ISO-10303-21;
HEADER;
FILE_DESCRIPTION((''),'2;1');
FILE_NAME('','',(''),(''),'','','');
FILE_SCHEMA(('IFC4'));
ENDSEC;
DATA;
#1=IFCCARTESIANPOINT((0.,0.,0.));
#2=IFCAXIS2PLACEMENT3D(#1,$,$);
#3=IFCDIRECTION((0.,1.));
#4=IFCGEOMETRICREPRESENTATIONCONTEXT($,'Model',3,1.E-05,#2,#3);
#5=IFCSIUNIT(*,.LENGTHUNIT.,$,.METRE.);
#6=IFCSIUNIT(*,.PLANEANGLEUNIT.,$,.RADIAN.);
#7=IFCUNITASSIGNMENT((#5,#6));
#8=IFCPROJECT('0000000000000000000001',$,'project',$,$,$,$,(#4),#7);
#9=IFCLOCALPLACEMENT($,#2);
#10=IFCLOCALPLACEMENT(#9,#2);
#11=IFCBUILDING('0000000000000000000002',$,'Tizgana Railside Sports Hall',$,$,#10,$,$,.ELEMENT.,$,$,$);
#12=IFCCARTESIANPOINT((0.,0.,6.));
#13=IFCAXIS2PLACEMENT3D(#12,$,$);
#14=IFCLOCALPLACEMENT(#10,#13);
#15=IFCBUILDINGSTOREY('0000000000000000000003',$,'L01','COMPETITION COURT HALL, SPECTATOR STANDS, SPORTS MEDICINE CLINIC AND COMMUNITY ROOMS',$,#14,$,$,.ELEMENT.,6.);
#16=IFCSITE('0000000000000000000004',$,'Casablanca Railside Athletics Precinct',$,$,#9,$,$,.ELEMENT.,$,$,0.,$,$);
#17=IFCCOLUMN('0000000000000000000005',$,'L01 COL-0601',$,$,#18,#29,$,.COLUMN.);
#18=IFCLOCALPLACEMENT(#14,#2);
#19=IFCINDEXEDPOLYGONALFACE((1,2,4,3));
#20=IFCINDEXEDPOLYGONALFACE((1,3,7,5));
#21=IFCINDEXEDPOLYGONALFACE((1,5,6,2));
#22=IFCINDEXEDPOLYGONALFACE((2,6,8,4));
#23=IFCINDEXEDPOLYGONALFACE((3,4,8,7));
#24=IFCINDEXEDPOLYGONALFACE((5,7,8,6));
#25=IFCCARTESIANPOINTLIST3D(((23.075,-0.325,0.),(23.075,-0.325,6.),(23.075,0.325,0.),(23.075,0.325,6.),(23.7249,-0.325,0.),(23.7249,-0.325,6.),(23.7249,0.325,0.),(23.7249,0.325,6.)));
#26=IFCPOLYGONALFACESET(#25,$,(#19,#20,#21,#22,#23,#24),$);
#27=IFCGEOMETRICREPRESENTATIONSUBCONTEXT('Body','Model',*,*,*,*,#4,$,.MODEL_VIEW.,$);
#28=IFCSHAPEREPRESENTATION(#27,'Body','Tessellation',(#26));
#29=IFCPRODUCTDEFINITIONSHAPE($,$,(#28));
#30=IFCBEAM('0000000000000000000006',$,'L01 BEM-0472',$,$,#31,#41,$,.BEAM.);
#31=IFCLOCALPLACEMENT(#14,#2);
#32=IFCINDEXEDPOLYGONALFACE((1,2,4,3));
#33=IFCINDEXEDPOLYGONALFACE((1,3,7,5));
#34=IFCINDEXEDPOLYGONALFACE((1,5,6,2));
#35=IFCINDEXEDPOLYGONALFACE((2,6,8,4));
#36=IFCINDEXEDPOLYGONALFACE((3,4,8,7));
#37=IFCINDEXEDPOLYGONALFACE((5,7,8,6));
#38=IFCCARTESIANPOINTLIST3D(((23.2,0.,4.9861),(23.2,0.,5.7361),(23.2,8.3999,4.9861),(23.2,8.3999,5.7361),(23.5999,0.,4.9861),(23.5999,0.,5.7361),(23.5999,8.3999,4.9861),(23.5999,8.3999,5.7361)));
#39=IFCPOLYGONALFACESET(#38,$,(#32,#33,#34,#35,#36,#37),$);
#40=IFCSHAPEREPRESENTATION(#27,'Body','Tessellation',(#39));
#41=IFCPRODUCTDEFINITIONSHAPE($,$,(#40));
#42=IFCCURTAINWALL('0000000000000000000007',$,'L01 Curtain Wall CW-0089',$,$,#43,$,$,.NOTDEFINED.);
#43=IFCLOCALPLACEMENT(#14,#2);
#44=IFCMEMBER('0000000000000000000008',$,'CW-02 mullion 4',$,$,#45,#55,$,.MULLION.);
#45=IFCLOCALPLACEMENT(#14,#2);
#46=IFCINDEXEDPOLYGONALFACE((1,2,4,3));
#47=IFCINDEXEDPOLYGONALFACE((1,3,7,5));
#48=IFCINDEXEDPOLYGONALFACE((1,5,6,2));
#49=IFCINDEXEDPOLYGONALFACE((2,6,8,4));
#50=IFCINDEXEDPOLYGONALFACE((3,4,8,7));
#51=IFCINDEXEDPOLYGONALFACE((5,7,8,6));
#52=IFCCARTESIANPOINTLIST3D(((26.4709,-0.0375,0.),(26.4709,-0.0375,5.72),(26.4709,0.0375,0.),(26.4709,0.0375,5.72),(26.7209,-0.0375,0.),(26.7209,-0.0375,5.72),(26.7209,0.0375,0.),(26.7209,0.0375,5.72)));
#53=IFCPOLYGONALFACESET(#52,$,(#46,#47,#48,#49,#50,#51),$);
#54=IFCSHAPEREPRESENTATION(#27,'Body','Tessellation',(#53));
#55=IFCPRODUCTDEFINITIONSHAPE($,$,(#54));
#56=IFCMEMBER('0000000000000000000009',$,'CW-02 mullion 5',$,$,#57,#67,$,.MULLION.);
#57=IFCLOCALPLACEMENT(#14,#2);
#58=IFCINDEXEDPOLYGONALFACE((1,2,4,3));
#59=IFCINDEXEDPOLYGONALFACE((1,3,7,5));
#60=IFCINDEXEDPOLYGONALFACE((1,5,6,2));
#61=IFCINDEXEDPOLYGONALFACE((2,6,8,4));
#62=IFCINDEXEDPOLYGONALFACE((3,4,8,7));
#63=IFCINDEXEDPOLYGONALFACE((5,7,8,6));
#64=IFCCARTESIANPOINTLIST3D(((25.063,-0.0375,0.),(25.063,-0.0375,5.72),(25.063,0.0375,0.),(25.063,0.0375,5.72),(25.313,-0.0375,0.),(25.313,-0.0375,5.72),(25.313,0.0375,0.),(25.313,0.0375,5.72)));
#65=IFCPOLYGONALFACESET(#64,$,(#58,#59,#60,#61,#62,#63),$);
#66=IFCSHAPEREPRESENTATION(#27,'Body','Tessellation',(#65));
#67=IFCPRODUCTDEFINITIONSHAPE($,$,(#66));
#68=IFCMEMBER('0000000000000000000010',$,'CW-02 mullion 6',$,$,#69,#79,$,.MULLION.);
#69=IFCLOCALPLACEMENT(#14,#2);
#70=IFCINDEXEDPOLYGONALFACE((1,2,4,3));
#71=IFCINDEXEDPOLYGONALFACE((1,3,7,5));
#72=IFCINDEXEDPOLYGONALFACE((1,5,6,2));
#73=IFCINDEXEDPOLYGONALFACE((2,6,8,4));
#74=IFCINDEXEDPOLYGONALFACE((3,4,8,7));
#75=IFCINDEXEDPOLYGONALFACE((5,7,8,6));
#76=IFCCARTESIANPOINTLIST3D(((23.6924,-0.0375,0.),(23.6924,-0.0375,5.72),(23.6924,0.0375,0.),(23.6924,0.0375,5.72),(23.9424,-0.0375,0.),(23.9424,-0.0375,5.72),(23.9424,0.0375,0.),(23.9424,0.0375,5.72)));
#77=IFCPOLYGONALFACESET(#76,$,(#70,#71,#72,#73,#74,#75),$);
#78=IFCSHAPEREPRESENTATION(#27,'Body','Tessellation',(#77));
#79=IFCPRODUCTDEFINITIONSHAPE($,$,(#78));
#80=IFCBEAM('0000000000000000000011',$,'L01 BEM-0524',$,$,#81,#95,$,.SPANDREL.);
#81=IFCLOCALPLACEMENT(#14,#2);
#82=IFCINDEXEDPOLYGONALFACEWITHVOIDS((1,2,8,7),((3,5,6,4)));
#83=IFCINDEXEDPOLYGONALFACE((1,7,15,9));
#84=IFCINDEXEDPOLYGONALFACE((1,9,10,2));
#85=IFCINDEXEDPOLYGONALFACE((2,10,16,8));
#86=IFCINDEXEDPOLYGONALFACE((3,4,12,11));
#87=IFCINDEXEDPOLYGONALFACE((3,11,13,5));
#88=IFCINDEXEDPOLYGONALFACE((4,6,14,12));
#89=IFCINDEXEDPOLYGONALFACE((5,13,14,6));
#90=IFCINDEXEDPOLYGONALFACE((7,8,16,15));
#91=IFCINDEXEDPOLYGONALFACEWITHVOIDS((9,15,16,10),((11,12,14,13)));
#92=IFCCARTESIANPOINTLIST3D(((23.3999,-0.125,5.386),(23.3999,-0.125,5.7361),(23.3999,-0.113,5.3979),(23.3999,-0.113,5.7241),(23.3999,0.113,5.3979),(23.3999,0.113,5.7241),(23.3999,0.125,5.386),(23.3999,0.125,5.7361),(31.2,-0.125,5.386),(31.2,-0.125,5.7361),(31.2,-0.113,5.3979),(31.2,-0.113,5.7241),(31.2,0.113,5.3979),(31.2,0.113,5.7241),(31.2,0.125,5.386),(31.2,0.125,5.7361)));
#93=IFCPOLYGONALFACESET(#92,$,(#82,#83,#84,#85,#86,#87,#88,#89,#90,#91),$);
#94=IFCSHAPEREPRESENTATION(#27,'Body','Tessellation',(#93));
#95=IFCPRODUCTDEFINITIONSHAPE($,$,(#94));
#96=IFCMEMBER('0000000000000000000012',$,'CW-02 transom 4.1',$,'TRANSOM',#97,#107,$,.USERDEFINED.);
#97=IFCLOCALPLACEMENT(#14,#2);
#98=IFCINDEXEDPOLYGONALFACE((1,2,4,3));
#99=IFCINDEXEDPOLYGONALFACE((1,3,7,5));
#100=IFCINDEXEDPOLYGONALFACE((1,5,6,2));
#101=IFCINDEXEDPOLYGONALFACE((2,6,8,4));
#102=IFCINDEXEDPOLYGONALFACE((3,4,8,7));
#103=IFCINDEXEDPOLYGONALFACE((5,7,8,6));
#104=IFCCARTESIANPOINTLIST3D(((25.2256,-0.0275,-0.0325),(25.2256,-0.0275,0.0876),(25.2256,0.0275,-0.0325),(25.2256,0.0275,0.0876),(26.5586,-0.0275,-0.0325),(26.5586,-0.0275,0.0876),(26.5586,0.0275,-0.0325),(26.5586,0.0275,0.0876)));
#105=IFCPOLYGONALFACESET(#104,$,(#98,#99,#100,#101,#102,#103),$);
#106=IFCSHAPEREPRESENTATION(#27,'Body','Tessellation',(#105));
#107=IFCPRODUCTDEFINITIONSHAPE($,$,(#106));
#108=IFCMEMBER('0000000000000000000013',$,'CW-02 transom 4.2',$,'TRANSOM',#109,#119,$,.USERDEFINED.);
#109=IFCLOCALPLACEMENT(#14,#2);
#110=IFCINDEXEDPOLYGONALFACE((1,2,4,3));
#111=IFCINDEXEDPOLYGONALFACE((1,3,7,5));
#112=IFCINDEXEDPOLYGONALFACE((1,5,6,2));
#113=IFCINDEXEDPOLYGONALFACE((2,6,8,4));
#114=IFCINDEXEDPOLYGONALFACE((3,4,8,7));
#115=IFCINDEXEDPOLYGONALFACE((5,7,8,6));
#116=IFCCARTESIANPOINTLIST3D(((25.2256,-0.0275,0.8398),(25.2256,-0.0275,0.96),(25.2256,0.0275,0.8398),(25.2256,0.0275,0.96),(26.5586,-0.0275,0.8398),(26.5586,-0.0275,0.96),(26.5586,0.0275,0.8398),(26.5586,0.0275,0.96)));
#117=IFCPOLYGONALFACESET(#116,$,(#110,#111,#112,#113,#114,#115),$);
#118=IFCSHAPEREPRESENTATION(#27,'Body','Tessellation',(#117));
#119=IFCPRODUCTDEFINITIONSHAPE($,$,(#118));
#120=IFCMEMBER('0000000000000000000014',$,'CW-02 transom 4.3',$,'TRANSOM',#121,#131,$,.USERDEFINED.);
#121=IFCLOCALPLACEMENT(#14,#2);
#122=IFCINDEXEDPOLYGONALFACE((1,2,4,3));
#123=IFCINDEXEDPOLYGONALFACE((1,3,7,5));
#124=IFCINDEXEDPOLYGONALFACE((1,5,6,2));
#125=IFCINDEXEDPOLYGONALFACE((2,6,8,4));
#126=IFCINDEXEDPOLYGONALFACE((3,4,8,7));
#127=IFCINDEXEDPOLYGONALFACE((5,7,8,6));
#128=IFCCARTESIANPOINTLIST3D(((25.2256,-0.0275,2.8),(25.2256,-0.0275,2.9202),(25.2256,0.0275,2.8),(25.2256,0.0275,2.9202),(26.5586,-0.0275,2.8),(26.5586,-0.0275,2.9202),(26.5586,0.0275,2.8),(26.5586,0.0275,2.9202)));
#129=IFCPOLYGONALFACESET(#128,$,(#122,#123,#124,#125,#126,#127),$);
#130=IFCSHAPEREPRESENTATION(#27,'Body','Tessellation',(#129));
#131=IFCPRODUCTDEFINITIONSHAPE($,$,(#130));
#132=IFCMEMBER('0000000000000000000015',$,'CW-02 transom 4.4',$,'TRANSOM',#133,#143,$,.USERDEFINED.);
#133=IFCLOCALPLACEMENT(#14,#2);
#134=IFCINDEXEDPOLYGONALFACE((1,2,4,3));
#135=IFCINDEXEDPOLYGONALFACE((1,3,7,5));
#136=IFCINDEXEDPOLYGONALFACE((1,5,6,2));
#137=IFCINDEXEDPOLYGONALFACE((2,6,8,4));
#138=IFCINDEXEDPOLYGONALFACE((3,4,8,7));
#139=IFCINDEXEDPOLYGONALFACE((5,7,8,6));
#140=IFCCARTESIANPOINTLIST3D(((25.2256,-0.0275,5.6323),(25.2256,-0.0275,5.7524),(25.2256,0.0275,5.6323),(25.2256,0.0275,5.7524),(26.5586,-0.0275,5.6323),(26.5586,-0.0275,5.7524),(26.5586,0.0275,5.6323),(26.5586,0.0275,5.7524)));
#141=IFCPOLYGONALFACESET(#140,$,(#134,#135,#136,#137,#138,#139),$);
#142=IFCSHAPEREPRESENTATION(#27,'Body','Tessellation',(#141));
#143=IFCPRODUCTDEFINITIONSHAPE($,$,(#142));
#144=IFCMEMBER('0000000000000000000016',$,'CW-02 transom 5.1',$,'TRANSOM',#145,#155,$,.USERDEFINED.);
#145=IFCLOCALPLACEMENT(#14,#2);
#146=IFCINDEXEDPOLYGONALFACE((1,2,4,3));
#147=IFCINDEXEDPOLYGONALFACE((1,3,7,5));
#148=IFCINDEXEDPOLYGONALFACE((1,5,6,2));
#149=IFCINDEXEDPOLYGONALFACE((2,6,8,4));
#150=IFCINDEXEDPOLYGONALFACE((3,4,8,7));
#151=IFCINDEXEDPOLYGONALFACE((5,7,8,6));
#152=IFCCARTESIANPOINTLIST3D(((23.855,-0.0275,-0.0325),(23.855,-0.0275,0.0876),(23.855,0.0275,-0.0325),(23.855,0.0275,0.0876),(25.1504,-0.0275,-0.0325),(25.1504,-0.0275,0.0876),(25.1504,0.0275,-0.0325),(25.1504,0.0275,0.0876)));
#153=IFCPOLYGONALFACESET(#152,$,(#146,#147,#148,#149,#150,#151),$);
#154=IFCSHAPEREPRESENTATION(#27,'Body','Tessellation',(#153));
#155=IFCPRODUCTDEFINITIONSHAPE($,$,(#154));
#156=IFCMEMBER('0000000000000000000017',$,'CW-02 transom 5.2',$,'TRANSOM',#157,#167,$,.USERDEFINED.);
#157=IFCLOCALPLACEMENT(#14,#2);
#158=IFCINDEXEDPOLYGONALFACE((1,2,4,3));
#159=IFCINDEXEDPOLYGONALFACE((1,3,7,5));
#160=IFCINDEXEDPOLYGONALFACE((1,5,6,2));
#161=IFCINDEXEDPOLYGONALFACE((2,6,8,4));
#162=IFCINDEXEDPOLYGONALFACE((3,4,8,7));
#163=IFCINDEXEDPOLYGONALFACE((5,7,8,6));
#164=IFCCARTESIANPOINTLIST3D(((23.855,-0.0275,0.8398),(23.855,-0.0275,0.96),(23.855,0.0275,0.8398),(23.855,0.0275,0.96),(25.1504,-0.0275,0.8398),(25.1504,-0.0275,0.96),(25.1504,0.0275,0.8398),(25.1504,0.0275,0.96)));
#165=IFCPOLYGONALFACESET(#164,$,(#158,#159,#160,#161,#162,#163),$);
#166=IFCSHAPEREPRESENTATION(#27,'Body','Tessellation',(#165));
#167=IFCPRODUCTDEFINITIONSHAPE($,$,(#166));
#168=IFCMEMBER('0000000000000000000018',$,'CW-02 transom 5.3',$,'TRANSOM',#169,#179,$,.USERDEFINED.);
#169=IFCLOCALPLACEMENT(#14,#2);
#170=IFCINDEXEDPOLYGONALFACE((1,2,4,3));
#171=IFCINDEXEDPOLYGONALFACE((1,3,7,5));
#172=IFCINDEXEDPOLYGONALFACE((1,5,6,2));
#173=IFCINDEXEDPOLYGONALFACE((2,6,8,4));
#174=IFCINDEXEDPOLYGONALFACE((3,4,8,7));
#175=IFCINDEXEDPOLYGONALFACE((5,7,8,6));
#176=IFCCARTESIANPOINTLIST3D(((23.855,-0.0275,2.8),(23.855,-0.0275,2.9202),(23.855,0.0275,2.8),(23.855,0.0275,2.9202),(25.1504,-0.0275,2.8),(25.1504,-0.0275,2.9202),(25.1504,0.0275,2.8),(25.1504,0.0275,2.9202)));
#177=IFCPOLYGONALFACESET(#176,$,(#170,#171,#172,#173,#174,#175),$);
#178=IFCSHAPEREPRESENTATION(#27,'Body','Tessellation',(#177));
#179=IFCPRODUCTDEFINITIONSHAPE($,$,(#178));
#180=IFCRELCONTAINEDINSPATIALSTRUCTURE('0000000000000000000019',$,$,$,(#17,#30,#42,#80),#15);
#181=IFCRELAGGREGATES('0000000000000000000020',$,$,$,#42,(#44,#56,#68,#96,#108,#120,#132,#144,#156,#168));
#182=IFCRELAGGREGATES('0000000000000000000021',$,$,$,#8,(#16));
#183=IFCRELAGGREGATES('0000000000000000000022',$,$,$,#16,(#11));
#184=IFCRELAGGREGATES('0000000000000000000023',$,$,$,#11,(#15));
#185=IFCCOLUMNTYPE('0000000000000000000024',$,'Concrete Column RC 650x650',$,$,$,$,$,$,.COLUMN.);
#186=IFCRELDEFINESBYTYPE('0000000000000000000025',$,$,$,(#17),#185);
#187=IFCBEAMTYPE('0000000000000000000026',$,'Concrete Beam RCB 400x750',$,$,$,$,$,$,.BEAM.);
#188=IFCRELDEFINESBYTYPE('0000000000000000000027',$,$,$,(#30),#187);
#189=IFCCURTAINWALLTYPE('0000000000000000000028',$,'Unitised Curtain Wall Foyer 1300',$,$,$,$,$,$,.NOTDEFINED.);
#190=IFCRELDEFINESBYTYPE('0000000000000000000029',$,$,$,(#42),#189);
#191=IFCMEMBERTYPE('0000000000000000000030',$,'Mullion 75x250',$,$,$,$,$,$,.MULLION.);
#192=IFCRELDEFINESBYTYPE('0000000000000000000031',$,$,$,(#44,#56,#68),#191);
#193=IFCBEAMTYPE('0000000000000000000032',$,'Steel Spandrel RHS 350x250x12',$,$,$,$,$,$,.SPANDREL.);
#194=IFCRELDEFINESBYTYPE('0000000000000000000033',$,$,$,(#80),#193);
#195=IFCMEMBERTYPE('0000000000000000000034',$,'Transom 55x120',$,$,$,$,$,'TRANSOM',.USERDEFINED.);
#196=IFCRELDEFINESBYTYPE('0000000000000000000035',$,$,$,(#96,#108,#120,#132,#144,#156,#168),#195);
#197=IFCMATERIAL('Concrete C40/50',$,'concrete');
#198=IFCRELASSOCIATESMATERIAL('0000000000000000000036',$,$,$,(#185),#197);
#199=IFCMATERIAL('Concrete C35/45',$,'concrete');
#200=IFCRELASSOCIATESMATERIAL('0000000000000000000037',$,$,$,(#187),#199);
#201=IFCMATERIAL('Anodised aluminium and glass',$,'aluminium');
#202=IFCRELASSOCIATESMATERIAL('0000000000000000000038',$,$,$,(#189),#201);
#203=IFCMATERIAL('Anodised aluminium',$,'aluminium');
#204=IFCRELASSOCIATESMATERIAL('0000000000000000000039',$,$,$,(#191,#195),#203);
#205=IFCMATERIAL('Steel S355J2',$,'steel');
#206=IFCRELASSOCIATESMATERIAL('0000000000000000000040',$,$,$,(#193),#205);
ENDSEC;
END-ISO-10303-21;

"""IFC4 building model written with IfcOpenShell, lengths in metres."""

from ifc_helpers import new_model, si_unit, direction, frame, origin, origin_2d, place, context, subcontext, project, spatial, rectangle, hollow_rectangle, extrude, material, material_profile, profile_set, type_object, element, aggregate, save


model = new_model("IFC4")

# Units and contexts
model_context = context("Model", 3, precision=1e-05, world=origin(), true_north=direction((0.0, 1.0)))
body_context = subcontext(model_context, "Body", "Model", "MODEL_VIEW")
ifc_project = project(units=[si_unit("LENGTHUNIT", "METRE"), si_unit("PLANEANGLEUNIT", "RADIAN")], contexts=[model_context])

# Site, building, storey
site_placement = place(None, origin())
site = spatial("IfcSite", under=ifc_project, at=site_placement, Name="Casablanca Railside Athletics Precinct", CompositionType="ELEMENT", RefElevation=0.0)
building_placement = place(site_placement, origin())
building = spatial("IfcBuilding", under=site, at=building_placement, Name="Tizgana Railside Sports Hall", CompositionType="ELEMENT")
storey_placement = place(building_placement, frame((0.0, 0.0, 6.0)))
storey = spatial("IfcBuildingStorey", under=building, at=storey_placement, Name="L01", Description="COMPETITION COURT HALL, SPECTATOR STANDS, SPORTS MEDICINE CLINIC AND COMMUNITY ROOMS", CompositionType="ELEMENT", Elevation=6.0)

# Column
ifc_material_1 = material(Name="Concrete C40/50", Category="concrete")
ifc_material_profile_1 = material_profile(ifc_material_1, rectangle(XDim=0.6499, YDim=0.6499, at=origin_2d()), Name="RC 650x650")
ifc_profile_set_1 = profile_set([ifc_material_profile_1], Name="Concrete C40/50")
column_type = type_object("IfcColumnType", Name="Concrete Column RC 650x650", PredefinedType="COLUMN", material=ifc_profile_set_1)
column_placement = place(storey_placement, frame((23.3999, 0.0, 0.0), z_axis=(0.0, 0.0, 1.0), x_axis=(1.0, 0.0, 0.0)))
element("IfcColumn", 1, at=column_placement, inside=storey, type_object=column_type, Name="L01 COL-0601", PredefinedType="COLUMN", context=body_context, shape_type="SweptSolid", body=[
    extrude(rectangle(XDim=0.6499, YDim=0.6499, at=origin_2d()), origin(), (0.0, 0.0, 1.0), 6.0),
])

# Beam
ifc_material_2 = material(Name="Concrete C35/45", Category="concrete")
ifc_material_profile_2 = material_profile(ifc_material_2, rectangle(XDim=0.3999, YDim=0.75, at=origin_2d()), Name="RCB 400x750")
ifc_profile_set_2 = profile_set([ifc_material_profile_2], Name="Concrete C35/45")
beam_type_1 = type_object("IfcBeamType", Name="Concrete Beam RCB 400x750", PredefinedType="BEAM", material=ifc_profile_set_2)
beam_1_placement = place(storey_placement, frame((23.3999, 0.0, 5.3611), z_axis=(0.0, 1.0, 0.0), x_axis=(-1.0, 0.0, 0.0)))
element("IfcBeam", 2, at=beam_1_placement, inside=storey, type_object=beam_type_1, Name="L01 BEM-0472", PredefinedType="BEAM", context=body_context, shape_type="SweptSolid", body=[
    extrude(rectangle(XDim=0.3999, YDim=0.75, at=origin_2d()), origin(), (0.0, 0.0, 1.0), 8.3999),
])

# Curtain wall, members
ifc_material_3 = material(Name="Anodised aluminium and glass", Category="aluminium")
curtain_wall_type = type_object("IfcCurtainWallType", Name="Unitised Curtain Wall Foyer 1300", PredefinedType="NOTDEFINED", material=ifc_material_3)
curtain_wall_placement = place(storey_placement, origin())
curtain_wall = element("IfcCurtainWall", 3, at=curtain_wall_placement, inside=storey, type_object=curtain_wall_type, Name="L01 Curtain Wall CW-0089", PredefinedType="NOTDEFINED")
ifc_material_4 = material(Name="Anodised aluminium", Category="aluminium")
ifc_material_profile_3 = material_profile(ifc_material_4, rectangle(XDim=0.075, YDim=0.25, at=origin_2d()), Name="Mullion 75x250")
ifc_profile_set_3 = profile_set([ifc_material_profile_3], Name="Anodised aluminium")
member_type_1 = type_object("IfcMemberType", Name="Mullion 75x250", PredefinedType="MULLION", material=ifc_profile_set_3)
member_1_placement = place(storey_placement, frame((26.5959, 0.0, 0.0), z_axis=(0.0, 0.0, 1.0), x_axis=(0.0, -1.0, 0.0)))
member_1 = element("IfcMember", 4, at=member_1_placement, type_object=member_type_1, Name="CW-02 mullion 4", PredefinedType="MULLION", context=body_context, shape_type="SweptSolid", body=[
    extrude(rectangle(XDim=0.075, YDim=0.25, at=origin_2d()), origin(), (0.0, 0.0, 1.0), 5.72),
])
member_2_placement = place(storey_placement, frame((25.188, 0.0, 0.0), z_axis=(0.0, 0.0, 1.0), x_axis=(0.0, -1.0, 0.0)))
member_2 = element("IfcMember", 5, at=member_2_placement, type_object=member_type_1, Name="CW-02 mullion 5", PredefinedType="MULLION", context=body_context, shape_type="SweptSolid", body=[
    extrude(rectangle(XDim=0.075, YDim=0.25, at=origin_2d()), origin(), (0.0, 0.0, 1.0), 5.72),
])
member_3_placement = place(storey_placement, frame((23.8174, 0.0, 0.0), z_axis=(0.0, 0.0, 1.0), x_axis=(0.0, -1.0, 0.0)))
member_3 = element("IfcMember", 6, at=member_3_placement, type_object=member_type_1, Name="CW-02 mullion 6", PredefinedType="MULLION", context=body_context, shape_type="SweptSolid", body=[
    extrude(rectangle(XDim=0.075, YDim=0.25, at=origin_2d()), origin(), (0.0, 0.0, 1.0), 5.72),
])

# Beam
ifc_material_5 = material(Name="Steel S355J2", Category="steel")
ifc_material_profile_4 = material_profile(ifc_material_5, hollow_rectangle(XDim=0.25, YDim=0.3501, WallThickness=0.012, at=origin_2d()), Name="RHS 350x250x12")
ifc_profile_set_4 = profile_set([ifc_material_profile_4], Name="Steel S355J2")
beam_type_2 = type_object("IfcBeamType", Name="Steel Spandrel RHS 350x250x12", PredefinedType="SPANDREL", material=ifc_profile_set_4)
beam_2_placement = place(storey_placement, frame((23.3999, 0.0, 5.561), z_axis=(1.0, 0.0, 0.0), x_axis=(0.0, 1.0, 0.0)))
element("IfcBeam", 7, at=beam_2_placement, inside=storey, type_object=beam_type_2, Name="L01 BEM-0524", PredefinedType="SPANDREL", context=body_context, shape_type="SweptSolid", body=[
    extrude(hollow_rectangle(XDim=0.25, YDim=0.3501, WallThickness=0.012, at=origin_2d()), origin(), (0.0, 0.0, 1.0), 7.8),
])

# Members
ifc_material_profile_5 = material_profile(ifc_material_4, rectangle(XDim=0.0549, YDim=0.1201, at=origin_2d()), Name="Transom 55x120")
ifc_profile_set_5 = profile_set([ifc_material_profile_5], Name="Anodised aluminium")
member_type_2 = type_object("IfcMemberType", Name="Transom 55x120", ElementType="TRANSOM", PredefinedType="USERDEFINED", material=ifc_profile_set_5)
member_4_placement = place(storey_placement, frame((26.5586, 0.0, 0.0276), z_axis=(-1.0, 0.0, 0.0), x_axis=(0.0, -1.0, 0.0)))
member_4 = element("IfcMember", 8, at=member_4_placement, type_object=member_type_2, Name="CW-02 transom 4.1", ObjectType="TRANSOM", PredefinedType="USERDEFINED", context=body_context, shape_type="SweptSolid", body=[
    extrude(rectangle(XDim=0.0549, YDim=0.1201, at=origin_2d()), origin(), (0.0, 0.0, 1.0), 1.333),
])
member_5_placement = place(storey_placement, frame((26.5586, 0.0, 0.8999), z_axis=(-1.0, 0.0, 0.0), x_axis=(0.0, -1.0, 0.0)))
member_5 = element("IfcMember", 9, at=member_5_placement, type_object=member_type_2, Name="CW-02 transom 4.2", ObjectType="TRANSOM", PredefinedType="USERDEFINED", context=body_context, shape_type="SweptSolid", body=[
    extrude(rectangle(XDim=0.0549, YDim=0.1201, at=origin_2d()), origin(), (0.0, 0.0, 1.0), 1.333),
])
member_6_placement = place(storey_placement, frame((26.5586, 0.0, 2.8601), z_axis=(-1.0, 0.0, 0.0), x_axis=(0.0, -1.0, 0.0)))
member_6 = element("IfcMember", 10, at=member_6_placement, type_object=member_type_2, Name="CW-02 transom 4.3", ObjectType="TRANSOM", PredefinedType="USERDEFINED", context=body_context, shape_type="SweptSolid", body=[
    extrude(rectangle(XDim=0.0549, YDim=0.1201, at=origin_2d()), origin(), (0.0, 0.0, 1.0), 1.333),
])
member_7_placement = place(storey_placement, frame((26.5586, 0.0, 5.6924), z_axis=(-1.0, 0.0, 0.0), x_axis=(0.0, -1.0, 0.0)))
member_7 = element("IfcMember", 11, at=member_7_placement, type_object=member_type_2, Name="CW-02 transom 4.4", ObjectType="TRANSOM", PredefinedType="USERDEFINED", context=body_context, shape_type="SweptSolid", body=[
    extrude(rectangle(XDim=0.0549, YDim=0.1201, at=origin_2d()), origin(), (0.0, 0.0, 1.0), 1.333),
])
member_8_placement = place(storey_placement, frame((25.1504, 0.0, 0.0276), z_axis=(-1.0, 0.0, 0.0), x_axis=(0.0, -1.0, 0.0)))
member_8 = element("IfcMember", 12, at=member_8_placement, type_object=member_type_2, Name="CW-02 transom 5.1", ObjectType="TRANSOM", PredefinedType="USERDEFINED", context=body_context, shape_type="SweptSolid", body=[
    extrude(rectangle(XDim=0.0549, YDim=0.1201, at=origin_2d()), origin(), (0.0, 0.0, 1.0), 1.2954),
])
member_9_placement = place(storey_placement, frame((25.1504, 0.0, 0.8999), z_axis=(-1.0, 0.0, 0.0), x_axis=(0.0, -1.0, 0.0)))
member_9 = element("IfcMember", 13, at=member_9_placement, type_object=member_type_2, Name="CW-02 transom 5.2", ObjectType="TRANSOM", PredefinedType="USERDEFINED", context=body_context, shape_type="SweptSolid", body=[
    extrude(rectangle(XDim=0.0549, YDim=0.1201, at=origin_2d()), origin(), (0.0, 0.0, 1.0), 1.2954),
])
member_10_placement = place(storey_placement, frame((25.1504, 0.0, 2.8601), z_axis=(-1.0, 0.0, 0.0), x_axis=(0.0, -1.0, 0.0)))
member_10 = element("IfcMember", 14, at=member_10_placement, type_object=member_type_2, Name="CW-02 transom 5.3", ObjectType="TRANSOM", PredefinedType="USERDEFINED", context=body_context, shape_type="SweptSolid", body=[
    extrude(rectangle(XDim=0.0549, YDim=0.1201, at=origin_2d()), origin(), (0.0, 0.0, 1.0), 1.2954),
])

aggregate(curtain_wall, [member_1, member_2, member_3, member_4, member_5, member_6, member_7, member_8, member_9, member_10])

save(model, "model.ifc")
